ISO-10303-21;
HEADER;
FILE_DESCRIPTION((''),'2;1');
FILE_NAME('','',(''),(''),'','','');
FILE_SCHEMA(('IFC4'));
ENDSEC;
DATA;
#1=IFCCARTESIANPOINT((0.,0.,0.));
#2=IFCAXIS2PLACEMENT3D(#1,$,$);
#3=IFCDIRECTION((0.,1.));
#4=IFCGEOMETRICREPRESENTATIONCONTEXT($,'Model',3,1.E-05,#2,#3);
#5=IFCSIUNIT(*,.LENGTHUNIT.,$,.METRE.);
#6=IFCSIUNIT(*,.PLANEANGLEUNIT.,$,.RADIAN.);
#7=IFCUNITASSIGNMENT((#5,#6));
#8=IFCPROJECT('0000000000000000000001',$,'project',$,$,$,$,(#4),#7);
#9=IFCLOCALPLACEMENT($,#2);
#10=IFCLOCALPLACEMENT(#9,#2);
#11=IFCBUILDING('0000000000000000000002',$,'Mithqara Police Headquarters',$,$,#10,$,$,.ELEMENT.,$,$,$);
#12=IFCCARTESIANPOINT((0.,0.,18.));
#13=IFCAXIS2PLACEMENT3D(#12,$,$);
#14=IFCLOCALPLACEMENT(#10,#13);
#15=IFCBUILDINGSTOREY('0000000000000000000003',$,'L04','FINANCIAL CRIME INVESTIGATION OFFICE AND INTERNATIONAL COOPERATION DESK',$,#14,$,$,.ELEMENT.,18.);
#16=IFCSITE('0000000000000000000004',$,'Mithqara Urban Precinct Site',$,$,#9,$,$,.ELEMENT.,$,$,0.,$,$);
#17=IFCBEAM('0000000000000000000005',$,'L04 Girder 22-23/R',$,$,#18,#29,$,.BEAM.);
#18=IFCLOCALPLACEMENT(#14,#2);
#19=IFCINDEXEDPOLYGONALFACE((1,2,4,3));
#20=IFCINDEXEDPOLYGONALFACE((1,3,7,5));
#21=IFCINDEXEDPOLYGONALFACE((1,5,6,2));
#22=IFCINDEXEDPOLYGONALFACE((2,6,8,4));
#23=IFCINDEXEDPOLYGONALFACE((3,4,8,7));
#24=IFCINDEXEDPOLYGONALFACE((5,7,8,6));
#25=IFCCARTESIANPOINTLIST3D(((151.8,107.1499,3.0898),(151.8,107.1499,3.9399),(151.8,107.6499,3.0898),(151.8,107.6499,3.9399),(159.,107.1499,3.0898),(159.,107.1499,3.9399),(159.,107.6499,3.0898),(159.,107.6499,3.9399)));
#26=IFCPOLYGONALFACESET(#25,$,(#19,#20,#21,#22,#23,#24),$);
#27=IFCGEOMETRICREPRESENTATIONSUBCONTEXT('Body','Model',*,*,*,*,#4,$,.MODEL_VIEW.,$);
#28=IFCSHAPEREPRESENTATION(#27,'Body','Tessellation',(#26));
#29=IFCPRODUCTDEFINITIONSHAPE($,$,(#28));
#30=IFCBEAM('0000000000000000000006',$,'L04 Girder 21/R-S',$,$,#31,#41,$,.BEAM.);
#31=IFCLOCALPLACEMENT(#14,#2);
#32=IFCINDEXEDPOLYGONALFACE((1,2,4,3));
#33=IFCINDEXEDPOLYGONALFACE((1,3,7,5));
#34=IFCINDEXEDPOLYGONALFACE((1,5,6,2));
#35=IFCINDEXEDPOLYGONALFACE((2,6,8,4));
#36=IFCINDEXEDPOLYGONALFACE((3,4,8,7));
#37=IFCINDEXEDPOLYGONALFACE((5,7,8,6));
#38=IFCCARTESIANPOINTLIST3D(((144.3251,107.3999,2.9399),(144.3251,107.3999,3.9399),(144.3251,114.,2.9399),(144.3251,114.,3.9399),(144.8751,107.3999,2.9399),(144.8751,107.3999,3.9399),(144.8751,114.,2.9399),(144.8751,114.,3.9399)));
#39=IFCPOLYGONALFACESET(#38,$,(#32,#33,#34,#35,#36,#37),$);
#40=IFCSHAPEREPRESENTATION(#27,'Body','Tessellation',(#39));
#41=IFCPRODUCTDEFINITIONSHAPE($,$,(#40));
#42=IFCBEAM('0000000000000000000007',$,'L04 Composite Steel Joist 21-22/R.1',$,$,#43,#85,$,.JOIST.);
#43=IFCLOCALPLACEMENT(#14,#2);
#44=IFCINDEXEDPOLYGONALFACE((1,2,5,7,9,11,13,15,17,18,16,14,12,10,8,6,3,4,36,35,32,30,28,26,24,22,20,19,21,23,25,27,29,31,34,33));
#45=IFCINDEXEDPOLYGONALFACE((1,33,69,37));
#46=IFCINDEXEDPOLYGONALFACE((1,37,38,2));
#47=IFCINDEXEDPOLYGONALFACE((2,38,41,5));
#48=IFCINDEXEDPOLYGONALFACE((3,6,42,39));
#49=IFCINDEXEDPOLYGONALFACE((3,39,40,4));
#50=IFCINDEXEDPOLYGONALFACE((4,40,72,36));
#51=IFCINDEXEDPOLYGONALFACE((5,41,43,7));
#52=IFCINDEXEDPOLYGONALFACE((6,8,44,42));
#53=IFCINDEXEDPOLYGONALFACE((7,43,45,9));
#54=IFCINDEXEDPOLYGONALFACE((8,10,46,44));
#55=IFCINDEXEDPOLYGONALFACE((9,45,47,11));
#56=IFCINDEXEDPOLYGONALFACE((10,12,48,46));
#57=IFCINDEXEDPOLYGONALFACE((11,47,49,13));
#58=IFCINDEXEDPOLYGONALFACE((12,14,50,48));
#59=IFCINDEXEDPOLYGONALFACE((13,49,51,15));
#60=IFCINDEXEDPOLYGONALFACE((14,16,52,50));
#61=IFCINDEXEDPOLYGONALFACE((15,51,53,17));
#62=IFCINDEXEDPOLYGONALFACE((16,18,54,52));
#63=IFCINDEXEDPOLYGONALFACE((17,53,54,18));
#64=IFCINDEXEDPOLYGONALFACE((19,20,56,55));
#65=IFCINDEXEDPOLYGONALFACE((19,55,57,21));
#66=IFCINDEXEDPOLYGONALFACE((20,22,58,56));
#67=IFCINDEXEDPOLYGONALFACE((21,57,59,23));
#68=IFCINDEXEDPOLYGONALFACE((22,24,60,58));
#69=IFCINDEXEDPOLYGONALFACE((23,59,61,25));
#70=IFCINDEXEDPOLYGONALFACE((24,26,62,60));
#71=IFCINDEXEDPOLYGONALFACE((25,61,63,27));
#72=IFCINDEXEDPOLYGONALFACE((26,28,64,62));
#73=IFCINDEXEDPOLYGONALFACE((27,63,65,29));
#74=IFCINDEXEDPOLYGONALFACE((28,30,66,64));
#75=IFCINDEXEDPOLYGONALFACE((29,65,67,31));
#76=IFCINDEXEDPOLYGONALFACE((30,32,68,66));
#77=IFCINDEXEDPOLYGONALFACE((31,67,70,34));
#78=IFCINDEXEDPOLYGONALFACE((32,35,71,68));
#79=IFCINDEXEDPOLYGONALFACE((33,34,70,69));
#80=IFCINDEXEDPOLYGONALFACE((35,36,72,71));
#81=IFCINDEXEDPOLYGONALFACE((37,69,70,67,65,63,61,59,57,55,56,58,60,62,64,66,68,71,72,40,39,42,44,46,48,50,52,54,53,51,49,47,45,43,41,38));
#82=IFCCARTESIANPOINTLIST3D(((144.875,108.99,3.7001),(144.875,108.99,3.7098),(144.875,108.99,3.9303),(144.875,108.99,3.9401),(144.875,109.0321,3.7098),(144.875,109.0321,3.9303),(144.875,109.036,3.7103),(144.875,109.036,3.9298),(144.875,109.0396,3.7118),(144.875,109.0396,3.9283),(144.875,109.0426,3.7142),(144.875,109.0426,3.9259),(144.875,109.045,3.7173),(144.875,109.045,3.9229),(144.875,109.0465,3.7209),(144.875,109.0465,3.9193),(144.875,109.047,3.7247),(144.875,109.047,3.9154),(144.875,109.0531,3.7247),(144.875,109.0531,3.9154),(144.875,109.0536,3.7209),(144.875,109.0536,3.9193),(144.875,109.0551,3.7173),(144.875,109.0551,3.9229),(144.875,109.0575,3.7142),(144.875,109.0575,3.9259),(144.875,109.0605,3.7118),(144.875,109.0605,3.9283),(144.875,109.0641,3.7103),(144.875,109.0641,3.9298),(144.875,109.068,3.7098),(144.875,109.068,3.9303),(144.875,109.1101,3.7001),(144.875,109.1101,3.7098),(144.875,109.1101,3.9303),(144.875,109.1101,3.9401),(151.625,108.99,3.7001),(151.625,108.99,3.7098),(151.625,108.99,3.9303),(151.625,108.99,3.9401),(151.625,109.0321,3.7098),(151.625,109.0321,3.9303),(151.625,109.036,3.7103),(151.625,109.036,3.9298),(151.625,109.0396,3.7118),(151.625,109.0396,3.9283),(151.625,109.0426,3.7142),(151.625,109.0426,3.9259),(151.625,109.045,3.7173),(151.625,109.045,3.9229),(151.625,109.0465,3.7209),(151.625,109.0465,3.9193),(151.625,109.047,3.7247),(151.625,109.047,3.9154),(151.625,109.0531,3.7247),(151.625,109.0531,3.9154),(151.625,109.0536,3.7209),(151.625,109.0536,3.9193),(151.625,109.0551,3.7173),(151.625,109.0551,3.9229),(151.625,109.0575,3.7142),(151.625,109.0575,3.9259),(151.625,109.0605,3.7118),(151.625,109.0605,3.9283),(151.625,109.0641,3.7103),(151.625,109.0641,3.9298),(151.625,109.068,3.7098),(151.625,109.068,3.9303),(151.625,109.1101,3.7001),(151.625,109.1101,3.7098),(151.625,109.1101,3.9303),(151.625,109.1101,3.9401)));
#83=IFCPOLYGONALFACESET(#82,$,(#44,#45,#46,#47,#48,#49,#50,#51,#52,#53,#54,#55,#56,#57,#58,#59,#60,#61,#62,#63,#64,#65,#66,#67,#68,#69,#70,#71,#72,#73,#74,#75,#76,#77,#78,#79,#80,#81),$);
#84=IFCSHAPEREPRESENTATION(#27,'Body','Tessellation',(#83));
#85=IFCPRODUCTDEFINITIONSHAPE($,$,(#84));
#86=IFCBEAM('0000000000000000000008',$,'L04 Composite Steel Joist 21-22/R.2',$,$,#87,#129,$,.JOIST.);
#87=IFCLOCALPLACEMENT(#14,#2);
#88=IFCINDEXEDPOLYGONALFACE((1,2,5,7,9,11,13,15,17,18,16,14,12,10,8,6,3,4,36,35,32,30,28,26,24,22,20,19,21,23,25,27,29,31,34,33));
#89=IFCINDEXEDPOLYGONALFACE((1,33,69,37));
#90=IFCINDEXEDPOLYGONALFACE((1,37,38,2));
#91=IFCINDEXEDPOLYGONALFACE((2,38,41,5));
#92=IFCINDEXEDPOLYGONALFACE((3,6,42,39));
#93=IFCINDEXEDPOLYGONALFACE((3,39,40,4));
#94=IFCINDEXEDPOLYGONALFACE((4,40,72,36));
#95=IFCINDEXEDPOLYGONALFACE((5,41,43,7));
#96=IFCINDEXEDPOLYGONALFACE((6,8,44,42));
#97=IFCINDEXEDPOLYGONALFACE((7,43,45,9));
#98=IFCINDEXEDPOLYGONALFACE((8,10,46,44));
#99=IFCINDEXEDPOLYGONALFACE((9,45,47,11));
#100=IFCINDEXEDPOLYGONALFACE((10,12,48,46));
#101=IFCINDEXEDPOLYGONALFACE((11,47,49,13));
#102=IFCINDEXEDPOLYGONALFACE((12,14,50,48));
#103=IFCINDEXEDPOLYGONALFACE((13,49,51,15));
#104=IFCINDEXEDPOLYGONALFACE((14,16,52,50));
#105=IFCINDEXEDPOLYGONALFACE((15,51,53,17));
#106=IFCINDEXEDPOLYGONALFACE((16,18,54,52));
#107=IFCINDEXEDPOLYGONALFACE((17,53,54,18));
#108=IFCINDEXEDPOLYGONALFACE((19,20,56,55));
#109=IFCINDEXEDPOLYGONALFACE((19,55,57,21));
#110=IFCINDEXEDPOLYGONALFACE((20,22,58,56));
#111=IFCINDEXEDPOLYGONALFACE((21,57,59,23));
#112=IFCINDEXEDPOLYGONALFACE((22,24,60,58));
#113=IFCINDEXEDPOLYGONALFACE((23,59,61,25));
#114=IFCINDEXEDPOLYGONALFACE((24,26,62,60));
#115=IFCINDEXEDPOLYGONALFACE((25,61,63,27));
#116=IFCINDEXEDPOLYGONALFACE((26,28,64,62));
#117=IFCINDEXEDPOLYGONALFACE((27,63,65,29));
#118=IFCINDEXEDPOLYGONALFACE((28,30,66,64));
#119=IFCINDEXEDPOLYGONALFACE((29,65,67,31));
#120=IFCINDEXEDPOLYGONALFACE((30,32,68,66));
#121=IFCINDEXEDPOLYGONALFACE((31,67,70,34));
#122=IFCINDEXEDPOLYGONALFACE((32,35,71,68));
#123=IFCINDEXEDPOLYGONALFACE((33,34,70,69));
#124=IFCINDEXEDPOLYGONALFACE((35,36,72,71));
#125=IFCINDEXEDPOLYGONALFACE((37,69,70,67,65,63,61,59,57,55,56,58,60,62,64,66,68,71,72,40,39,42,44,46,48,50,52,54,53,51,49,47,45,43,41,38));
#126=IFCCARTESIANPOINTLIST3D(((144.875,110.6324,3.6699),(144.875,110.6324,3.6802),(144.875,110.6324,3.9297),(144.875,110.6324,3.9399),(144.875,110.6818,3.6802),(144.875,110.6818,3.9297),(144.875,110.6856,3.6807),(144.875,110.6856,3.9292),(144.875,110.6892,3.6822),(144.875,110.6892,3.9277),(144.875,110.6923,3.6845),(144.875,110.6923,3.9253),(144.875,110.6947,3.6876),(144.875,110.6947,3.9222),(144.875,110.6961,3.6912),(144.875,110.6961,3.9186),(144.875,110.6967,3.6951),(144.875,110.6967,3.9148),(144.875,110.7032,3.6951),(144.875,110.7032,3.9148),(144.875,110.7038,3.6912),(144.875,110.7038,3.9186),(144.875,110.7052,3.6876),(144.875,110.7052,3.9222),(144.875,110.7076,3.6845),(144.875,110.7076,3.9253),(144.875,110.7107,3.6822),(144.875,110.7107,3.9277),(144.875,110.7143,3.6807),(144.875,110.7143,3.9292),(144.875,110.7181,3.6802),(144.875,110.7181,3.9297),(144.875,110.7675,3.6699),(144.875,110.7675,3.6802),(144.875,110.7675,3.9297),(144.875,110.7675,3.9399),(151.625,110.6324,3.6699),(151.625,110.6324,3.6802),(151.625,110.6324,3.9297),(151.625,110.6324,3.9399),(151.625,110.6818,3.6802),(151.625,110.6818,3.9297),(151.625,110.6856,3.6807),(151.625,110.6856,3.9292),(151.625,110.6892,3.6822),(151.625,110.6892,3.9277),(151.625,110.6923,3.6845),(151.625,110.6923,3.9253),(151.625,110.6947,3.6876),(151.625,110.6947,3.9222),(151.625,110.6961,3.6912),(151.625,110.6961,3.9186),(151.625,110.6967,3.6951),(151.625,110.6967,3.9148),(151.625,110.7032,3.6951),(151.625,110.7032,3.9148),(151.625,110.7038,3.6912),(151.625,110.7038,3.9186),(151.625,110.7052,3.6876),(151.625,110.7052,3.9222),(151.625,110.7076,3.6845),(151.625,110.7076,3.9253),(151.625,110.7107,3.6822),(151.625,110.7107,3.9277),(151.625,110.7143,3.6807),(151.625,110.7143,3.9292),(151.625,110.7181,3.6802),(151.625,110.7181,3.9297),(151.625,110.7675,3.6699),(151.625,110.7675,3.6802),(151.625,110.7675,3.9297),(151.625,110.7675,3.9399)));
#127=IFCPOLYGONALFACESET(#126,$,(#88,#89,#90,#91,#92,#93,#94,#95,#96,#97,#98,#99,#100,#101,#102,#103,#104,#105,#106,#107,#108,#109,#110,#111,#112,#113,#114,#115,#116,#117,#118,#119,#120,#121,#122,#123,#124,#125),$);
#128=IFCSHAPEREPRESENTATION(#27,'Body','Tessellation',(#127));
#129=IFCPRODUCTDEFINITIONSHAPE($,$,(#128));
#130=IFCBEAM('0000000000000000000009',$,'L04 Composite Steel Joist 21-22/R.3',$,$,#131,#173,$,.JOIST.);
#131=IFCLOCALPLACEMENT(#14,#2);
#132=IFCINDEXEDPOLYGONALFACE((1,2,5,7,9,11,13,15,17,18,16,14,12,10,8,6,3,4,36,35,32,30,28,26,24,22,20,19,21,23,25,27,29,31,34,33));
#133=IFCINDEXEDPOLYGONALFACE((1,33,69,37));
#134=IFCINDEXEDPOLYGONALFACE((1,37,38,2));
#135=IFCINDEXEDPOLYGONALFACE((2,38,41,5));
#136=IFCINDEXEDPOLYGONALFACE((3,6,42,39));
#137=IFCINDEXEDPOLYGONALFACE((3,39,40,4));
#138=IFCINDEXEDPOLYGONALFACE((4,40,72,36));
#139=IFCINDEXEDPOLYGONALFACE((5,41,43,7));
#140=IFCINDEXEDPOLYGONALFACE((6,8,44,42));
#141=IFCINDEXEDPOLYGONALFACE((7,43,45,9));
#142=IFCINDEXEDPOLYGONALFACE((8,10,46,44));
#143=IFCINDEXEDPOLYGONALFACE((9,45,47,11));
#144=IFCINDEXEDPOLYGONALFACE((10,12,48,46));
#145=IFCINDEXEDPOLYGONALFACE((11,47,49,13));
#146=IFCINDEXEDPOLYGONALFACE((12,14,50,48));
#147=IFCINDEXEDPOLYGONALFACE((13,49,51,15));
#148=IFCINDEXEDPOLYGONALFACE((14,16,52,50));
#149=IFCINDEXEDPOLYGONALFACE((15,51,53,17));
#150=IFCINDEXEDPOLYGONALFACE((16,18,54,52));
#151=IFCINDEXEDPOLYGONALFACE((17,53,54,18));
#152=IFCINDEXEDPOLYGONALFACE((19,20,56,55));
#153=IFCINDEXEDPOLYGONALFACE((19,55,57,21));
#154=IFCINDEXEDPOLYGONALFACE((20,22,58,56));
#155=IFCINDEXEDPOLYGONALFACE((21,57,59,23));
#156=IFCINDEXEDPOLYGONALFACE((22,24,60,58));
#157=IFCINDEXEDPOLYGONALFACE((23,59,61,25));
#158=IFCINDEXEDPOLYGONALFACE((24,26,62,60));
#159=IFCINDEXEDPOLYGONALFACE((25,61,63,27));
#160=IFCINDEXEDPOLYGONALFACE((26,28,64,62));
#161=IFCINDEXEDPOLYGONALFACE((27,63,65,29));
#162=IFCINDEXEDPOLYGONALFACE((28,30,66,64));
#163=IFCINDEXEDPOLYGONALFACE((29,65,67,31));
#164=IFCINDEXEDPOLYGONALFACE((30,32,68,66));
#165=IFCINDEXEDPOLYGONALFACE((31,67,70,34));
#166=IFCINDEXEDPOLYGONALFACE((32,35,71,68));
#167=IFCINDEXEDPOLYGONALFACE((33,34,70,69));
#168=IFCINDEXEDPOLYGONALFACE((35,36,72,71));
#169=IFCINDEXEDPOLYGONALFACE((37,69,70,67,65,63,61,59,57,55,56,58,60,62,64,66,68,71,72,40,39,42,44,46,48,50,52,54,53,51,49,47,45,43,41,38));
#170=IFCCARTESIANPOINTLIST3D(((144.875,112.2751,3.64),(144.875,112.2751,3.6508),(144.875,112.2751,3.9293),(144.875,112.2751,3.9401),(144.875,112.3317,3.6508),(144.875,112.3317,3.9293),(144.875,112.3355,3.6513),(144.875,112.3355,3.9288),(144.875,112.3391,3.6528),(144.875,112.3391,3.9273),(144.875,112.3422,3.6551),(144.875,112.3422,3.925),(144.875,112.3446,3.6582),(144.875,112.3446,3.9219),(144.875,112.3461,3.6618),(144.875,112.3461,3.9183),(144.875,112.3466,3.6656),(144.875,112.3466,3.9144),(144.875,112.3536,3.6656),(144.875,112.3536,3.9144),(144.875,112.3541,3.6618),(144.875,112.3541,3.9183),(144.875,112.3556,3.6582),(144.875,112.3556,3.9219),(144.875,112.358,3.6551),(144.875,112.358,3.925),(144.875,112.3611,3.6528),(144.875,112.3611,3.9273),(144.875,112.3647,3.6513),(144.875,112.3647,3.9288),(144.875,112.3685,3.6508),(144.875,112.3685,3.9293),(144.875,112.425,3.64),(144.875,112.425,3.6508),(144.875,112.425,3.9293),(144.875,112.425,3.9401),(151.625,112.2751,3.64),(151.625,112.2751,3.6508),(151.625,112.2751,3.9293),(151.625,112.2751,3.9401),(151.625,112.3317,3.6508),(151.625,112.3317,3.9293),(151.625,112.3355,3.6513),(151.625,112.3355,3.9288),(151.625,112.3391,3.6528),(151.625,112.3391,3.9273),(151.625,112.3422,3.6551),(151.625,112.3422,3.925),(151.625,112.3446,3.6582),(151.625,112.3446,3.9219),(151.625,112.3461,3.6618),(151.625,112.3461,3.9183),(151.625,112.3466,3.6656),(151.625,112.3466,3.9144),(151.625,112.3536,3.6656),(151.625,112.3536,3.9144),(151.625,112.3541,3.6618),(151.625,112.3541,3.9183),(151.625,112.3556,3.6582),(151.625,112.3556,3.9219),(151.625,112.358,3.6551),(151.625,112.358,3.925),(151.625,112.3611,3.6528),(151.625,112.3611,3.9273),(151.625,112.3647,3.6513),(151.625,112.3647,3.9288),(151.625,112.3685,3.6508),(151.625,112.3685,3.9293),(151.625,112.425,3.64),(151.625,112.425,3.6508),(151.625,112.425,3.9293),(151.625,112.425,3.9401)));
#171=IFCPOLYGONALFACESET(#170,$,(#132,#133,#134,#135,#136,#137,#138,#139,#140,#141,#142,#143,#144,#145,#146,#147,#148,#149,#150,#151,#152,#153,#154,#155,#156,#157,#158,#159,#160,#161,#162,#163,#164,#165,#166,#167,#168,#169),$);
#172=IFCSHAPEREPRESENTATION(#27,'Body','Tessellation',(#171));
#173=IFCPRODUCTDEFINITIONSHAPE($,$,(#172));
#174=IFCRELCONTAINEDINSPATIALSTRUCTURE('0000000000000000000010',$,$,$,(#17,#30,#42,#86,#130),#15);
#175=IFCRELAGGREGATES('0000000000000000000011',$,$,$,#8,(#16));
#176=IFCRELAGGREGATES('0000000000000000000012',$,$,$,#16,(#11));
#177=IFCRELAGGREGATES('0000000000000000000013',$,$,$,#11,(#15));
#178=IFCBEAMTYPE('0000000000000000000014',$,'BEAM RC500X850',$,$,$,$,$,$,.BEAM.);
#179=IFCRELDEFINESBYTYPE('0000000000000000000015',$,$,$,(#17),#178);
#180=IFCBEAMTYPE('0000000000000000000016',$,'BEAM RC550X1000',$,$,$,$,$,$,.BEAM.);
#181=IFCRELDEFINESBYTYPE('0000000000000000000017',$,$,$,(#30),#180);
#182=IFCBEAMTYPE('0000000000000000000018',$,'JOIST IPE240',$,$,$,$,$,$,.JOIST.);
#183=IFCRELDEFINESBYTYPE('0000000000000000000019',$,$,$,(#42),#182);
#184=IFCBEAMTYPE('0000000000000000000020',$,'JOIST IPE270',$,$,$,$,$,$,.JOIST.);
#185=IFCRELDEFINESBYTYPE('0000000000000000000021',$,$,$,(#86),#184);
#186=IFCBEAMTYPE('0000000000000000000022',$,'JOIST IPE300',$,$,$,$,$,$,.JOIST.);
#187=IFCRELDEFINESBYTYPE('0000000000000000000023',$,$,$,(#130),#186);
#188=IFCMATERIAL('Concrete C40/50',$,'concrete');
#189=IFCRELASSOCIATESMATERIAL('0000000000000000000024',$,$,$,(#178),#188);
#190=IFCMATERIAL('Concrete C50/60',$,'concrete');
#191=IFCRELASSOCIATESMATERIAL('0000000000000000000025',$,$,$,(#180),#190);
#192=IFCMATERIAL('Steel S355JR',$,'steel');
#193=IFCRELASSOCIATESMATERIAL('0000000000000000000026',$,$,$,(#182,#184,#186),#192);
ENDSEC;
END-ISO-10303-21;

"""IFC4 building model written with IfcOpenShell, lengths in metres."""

from ifc_helpers import new_model, si_unit, direction, frame, origin, origin_2d, place, context, subcontext, project, spatial, rectangle, i_section, extrude, material, material_profile, profile_set, type_object, element, save


model = new_model("IFC4")

# Units and contexts
model_context = context("Model", 3, precision=1e-05, world=origin(), true_north=direction((0.0, 1.0)))
body_context = subcontext(model_context, "Body", "Model", "MODEL_VIEW")
ifc_project = project(units=[si_unit("LENGTHUNIT", "METRE"), si_unit("PLANEANGLEUNIT", "RADIAN")], contexts=[model_context])

# Site, building, storey
site_placement = place(None, origin())
site = spatial("IfcSite", under=ifc_project, at=site_placement, Name="Mithqara Urban Precinct Site", CompositionType="ELEMENT", RefElevation=0.0)
building_placement = place(site_placement, origin())
building = spatial("IfcBuilding", under=site, at=building_placement, Name="Mithqara Police Headquarters", CompositionType="ELEMENT")
storey_placement = place(building_placement, frame((0.0, 0.0, 18.0)))
storey = spatial("IfcBuildingStorey", under=building, at=storey_placement, Name="L04", Description="FINANCIAL CRIME INVESTIGATION OFFICE AND INTERNATIONAL COOPERATION DESK", CompositionType="ELEMENT", Elevation=18.0)

# Shared definitions
ifc_material_1 = material(Name="Concrete C50/60", Category="concrete")

# Beams
ifc_material_2 = material(Name="Steel S355JR", Category="steel")
ifc_material_3 = material(Name="Concrete C40/50", Category="concrete")
ifc_material_profile_1 = material_profile(ifc_material_3, rectangle(XDim=0.5, YDim=0.8501, at=origin_2d()), Name="RC 500x850")
ifc_profile_set_1 = profile_set([ifc_material_profile_1], Name="Concrete C40/50")
beam_type_1 = type_object("IfcBeamType", Name="BEAM RC500X850", PredefinedType="BEAM", material=ifc_profile_set_1)
beam_1_placement = place(storey_placement, frame((151.8, 107.3999, 3.5149), z_axis=(1.0, 0.0, 0.0), x_axis=(0.0, 1.0, 0.0)))
element("IfcBeam", 1, at=beam_1_placement, inside=storey, type_object=beam_type_1, Name="L04 Girder 22-23/R", PredefinedType="BEAM", context=body_context, shape_type="SweptSolid", body=[
    extrude(rectangle(XDim=0.5, YDim=0.8501, at=origin_2d()), origin(), (0.0, 0.0, 1.0), 7.2),
])
ifc_material_profile_2 = material_profile(ifc_material_1, rectangle(XDim=0.55, YDim=1.0, at=origin_2d()), Name="RC 550x1000")
ifc_profile_set_2 = profile_set([ifc_material_profile_2], Name="Concrete C50/60")
beam_type_2 = type_object("IfcBeamType", Name="BEAM RC550X1000", PredefinedType="BEAM", material=ifc_profile_set_2)
beam_2_placement = place(storey_placement, frame((144.6001, 107.3999, 3.4399), z_axis=(0.0, 1.0, 0.0), x_axis=(-1.0, 0.0, 0.0)))
element("IfcBeam", 2, at=beam_2_placement, inside=storey, type_object=beam_type_2, Name="L04 Girder 21/R-S", PredefinedType="BEAM", context=body_context, shape_type="SweptSolid", body=[
    extrude(rectangle(XDim=0.55, YDim=1.0, at=origin_2d()), origin(), (0.0, 0.0, 1.0), 6.6001),
])
ifc_material_profile_3 = material_profile(ifc_material_2, i_section(OverallWidth=0.1201, OverallDepth=0.24, WebThickness=0.0061, FlangeThickness=0.0098, FilletRadius=0.0149, at=origin_2d()), Name="IPE 240")
ifc_profile_set_3 = profile_set([ifc_material_profile_3], Name="Steel S355JR")
beam_type_3 = type_object("IfcBeamType", Name="JOIST IPE240", PredefinedType="JOIST", material=ifc_profile_set_3)
beam_3_placement = place(storey_placement, frame((144.875, 109.05, 3.8201), z_axis=(1.0, 0.0, 0.0), x_axis=(0.0, 1.0, 0.0)))
element("IfcBeam", 3, at=beam_3_placement, inside=storey, type_object=beam_type_3, Name="L04 Composite Steel Joist 21-22/R.1", PredefinedType="JOIST", context=body_context, shape_type="SweptSolid", body=[
    extrude(i_section(OverallWidth=0.1201, OverallDepth=0.24, WebThickness=0.0061, FlangeThickness=0.0098, FilletRadius=0.0149, at=origin_2d()), origin(), (0.0, 0.0, 1.0), 6.75),
])
ifc_material_profile_4 = material_profile(ifc_material_2, i_section(OverallWidth=0.135, OverallDepth=0.27, WebThickness=0.0066, FlangeThickness=0.0103, FilletRadius=0.0149, at=origin_2d()), Name="IPE 270")
ifc_profile_set_4 = profile_set([ifc_material_profile_4], Name="Steel S355JR")
beam_type_4 = type_object("IfcBeamType", Name="JOIST IPE270", PredefinedType="JOIST", material=ifc_profile_set_4)
beam_4_placement = place(storey_placement, frame((144.875, 110.7, 3.8049), z_axis=(1.0, 0.0, 0.0), x_axis=(0.0, 1.0, 0.0)))
element("IfcBeam", 4, at=beam_4_placement, inside=storey, type_object=beam_type_4, Name="L04 Composite Steel Joist 21-22/R.2", PredefinedType="JOIST", context=body_context, shape_type="SweptSolid", body=[
    extrude(i_section(OverallWidth=0.135, OverallDepth=0.27, WebThickness=0.0066, FlangeThickness=0.0103, FilletRadius=0.0149, at=origin_2d()), origin(), (0.0, 0.0, 1.0), 6.75),
])
ifc_material_profile_5 = material_profile(ifc_material_2, i_section(OverallWidth=0.1499, OverallDepth=0.3, WebThickness=0.0071, FlangeThickness=0.0107, FilletRadius=0.0149, at=origin_2d()), Name="IPE 300")
ifc_profile_set_5 = profile_set([ifc_material_profile_5], Name="Steel S355JR")
beam_type_5 = type_object("IfcBeamType", Name="JOIST IPE300", PredefinedType="JOIST", material=ifc_profile_set_5)
beam_5_placement = place(storey_placement, frame((144.875, 112.3501, 3.79), z_axis=(1.0, 0.0, 0.0), x_axis=(0.0, 1.0, 0.0)))
element("IfcBeam", 5, at=beam_5_placement, inside=storey, type_object=beam_type_5, Name="L04 Composite Steel Joist 21-22/R.3", PredefinedType="JOIST", context=body_context, shape_type="SweptSolid", body=[
    extrude(i_section(OverallWidth=0.1499, OverallDepth=0.3, WebThickness=0.0071, FlangeThickness=0.0107, FilletRadius=0.0149, at=origin_2d()), origin(), (0.0, 0.0, 1.0), 6.75),
])

save(model, "model.ifc")
